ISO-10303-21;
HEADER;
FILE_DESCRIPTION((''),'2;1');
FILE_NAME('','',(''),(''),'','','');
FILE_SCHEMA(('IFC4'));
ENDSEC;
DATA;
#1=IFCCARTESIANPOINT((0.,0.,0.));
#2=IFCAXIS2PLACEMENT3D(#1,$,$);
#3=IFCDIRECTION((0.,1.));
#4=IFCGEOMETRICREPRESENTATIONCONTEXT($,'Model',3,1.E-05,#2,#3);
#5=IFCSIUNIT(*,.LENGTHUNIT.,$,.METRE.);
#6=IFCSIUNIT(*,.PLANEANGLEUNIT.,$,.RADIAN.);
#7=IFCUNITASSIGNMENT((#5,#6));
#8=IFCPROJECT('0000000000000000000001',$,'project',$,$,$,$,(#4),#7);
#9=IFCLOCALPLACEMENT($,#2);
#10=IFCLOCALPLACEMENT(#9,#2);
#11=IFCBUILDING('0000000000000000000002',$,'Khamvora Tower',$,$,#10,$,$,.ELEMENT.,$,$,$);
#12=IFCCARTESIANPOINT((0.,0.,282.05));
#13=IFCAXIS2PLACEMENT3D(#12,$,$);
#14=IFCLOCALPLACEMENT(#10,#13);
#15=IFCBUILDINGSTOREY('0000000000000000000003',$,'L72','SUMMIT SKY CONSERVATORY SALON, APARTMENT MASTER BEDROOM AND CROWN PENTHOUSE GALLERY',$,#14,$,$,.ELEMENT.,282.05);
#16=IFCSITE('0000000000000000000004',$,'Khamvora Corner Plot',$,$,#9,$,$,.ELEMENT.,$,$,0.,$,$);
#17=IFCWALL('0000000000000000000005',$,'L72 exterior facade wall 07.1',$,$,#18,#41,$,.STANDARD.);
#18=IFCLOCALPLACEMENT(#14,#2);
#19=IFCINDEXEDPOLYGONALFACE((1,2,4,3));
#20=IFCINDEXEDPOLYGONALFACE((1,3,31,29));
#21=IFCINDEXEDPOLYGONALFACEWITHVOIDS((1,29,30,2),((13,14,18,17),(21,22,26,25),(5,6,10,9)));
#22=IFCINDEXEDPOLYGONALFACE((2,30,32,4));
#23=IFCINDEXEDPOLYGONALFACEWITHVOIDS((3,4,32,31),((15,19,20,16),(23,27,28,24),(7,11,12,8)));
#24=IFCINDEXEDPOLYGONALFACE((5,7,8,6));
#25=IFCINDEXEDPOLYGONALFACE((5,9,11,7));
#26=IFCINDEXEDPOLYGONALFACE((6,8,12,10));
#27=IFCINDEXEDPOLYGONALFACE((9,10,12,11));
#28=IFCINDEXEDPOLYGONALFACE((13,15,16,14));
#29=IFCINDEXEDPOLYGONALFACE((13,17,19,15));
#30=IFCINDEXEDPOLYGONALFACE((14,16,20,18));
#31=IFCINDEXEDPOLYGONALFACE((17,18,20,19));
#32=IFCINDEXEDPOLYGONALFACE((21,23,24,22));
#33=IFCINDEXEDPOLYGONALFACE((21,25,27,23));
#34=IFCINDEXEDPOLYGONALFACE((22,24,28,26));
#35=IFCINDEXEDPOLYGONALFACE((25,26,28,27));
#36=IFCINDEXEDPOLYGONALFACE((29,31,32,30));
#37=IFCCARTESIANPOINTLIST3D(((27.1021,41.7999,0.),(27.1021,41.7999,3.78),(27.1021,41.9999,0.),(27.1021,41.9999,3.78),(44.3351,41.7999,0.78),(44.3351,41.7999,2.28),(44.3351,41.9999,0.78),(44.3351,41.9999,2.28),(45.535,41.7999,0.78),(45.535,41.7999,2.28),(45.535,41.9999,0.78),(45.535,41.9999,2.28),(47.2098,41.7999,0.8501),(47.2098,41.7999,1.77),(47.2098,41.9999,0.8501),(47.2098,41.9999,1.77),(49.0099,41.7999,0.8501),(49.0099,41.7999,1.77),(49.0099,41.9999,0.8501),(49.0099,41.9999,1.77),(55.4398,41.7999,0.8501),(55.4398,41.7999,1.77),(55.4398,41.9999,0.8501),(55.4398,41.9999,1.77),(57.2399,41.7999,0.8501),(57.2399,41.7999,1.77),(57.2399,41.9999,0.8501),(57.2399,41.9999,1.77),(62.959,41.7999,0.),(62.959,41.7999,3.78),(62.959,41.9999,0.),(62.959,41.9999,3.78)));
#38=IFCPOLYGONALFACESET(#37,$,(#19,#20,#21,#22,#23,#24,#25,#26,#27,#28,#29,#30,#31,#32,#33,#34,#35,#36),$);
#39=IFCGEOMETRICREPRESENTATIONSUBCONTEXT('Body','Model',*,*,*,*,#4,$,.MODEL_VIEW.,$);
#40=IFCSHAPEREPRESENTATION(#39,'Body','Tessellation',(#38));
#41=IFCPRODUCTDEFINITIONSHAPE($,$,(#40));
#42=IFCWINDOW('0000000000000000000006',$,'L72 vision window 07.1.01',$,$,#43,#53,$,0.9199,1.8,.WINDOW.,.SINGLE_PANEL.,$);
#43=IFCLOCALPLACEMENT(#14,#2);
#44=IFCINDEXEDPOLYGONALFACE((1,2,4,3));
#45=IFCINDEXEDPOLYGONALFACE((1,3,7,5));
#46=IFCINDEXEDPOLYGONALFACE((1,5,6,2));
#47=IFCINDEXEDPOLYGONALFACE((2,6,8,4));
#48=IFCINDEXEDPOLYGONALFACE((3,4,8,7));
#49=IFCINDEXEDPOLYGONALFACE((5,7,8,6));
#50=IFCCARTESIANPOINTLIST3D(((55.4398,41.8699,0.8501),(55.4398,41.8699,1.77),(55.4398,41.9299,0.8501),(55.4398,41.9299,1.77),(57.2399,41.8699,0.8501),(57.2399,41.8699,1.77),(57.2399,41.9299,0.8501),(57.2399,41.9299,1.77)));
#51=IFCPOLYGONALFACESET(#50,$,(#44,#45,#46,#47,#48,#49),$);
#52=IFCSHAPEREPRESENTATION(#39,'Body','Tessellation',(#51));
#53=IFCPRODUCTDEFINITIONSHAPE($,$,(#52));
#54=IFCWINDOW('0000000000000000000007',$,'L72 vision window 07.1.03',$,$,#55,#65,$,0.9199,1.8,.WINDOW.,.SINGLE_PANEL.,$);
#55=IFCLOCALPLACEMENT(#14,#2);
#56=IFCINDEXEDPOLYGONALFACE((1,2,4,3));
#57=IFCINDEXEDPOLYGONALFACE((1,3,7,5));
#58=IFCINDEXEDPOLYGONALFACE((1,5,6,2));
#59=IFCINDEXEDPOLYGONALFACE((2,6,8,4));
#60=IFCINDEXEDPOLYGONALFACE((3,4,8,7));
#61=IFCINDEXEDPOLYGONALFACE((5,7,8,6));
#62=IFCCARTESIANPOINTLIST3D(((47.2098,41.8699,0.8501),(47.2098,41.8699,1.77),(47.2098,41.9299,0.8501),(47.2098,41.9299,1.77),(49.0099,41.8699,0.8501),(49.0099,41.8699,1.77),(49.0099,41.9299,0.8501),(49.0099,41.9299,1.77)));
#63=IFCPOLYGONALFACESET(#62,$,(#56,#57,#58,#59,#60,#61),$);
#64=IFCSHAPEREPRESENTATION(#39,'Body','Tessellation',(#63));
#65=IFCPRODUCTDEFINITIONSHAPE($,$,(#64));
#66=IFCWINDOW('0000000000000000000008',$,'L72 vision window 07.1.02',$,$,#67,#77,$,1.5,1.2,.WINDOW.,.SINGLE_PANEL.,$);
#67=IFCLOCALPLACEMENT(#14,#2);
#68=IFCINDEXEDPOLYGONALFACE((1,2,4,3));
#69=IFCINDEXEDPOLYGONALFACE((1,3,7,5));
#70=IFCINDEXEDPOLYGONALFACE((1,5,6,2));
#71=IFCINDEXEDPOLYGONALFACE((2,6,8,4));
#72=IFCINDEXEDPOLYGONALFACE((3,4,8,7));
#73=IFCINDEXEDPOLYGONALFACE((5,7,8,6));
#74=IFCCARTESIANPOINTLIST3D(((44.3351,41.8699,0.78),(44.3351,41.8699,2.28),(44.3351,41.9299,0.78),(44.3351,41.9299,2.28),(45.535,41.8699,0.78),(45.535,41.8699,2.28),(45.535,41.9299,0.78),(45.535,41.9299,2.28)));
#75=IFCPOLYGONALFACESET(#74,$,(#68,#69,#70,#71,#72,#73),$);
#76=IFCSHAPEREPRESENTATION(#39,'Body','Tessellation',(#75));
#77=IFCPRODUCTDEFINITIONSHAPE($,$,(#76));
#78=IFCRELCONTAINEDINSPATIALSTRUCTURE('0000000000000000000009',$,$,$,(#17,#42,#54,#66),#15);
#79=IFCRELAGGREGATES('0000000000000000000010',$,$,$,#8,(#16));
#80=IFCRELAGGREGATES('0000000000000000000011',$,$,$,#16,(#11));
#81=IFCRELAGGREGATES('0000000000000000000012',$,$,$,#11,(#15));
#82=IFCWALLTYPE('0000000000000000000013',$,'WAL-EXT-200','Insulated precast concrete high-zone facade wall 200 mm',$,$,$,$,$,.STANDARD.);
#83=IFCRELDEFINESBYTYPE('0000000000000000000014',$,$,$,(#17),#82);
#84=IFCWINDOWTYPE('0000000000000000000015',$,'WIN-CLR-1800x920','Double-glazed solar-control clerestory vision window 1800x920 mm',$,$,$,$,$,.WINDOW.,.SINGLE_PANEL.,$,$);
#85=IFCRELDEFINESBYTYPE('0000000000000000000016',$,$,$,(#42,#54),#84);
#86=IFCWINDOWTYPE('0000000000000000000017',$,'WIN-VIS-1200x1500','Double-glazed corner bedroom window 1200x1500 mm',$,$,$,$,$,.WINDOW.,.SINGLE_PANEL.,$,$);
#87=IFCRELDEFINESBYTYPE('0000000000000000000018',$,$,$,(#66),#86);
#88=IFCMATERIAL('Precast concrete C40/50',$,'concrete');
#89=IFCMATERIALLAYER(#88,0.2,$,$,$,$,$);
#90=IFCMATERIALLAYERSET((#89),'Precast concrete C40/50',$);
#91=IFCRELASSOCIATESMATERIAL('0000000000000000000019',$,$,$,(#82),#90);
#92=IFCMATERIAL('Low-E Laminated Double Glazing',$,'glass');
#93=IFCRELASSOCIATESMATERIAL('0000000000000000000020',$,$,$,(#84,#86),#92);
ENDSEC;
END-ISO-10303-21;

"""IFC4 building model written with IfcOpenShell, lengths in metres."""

from ifc_helpers import new_model, si_unit, direction, frame, frame_2d, origin, place, context, subcontext, project, spatial, rectangle, extrude, material, layer, layer_set, type_object, element, fill, save


model = new_model("IFC4")

# Units and contexts
model_context = context("Model", 3, precision=1e-05, world=origin(), true_north=direction((0.0, 1.0)))
body_context = subcontext(model_context, "Body", "Model", "MODEL_VIEW")
ifc_project = project(units=[si_unit("LENGTHUNIT", "METRE"), si_unit("PLANEANGLEUNIT", "RADIAN")], contexts=[model_context])

# Site, building, storey
site_placement = place(None, origin())
site = spatial("IfcSite", under=ifc_project, at=site_placement, Name="Khamvora Corner Plot", CompositionType="ELEMENT", RefElevation=0.0)
building_placement = place(site_placement, origin())
building = spatial("IfcBuilding", under=site, at=building_placement, Name="Khamvora Tower", CompositionType="ELEMENT")
storey_placement = place(building_placement, frame((0.0, 0.0, 282.05)))
storey = spatial("IfcBuildingStorey", under=building, at=storey_placement, Name="L72", Description="SUMMIT SKY CONSERVATORY SALON, APARTMENT MASTER BEDROOM AND CROWN PENTHOUSE GALLERY", CompositionType="ELEMENT", Elevation=282.05)

# Shared definitions
ifc_material_1 = material(Name="Precast concrete C40/50", Category="concrete")
ifc_layer_1 = layer(ifc_material_1, 0.2)
ifc_layer_set_1 = layer_set([ifc_layer_1], Name="Precast concrete C40/50")
wall_type = type_object("IfcWallType", Name="WAL-EXT-200", Description="Insulated precast concrete high-zone facade wall 200 mm", PredefinedType="STANDARD", material=ifc_layer_set_1)

# Wall, openings, windows
wall_1_placement = place(storey_placement, frame((27.1021, 41.8999, 0.0), z_axis=(0.0, 0.0, 1.0), x_axis=(1.0, 0.0, 0.0)))
wall_1 = element("IfcWall", 1, at=wall_1_placement, inside=storey, type_object=wall_type, Name="L72 exterior facade wall 07.1", PredefinedType="STANDARD", context=body_context, shape_type="SweptSolid", body=[
    extrude(rectangle(XDim=35.8569, YDim=0.2, at=frame_2d((17.9285, 0.0))), origin(), (0.0, 0.0, 1.0), 3.78),
])
opening_1_placement = place(wall_1_placement, frame((28.3379, 0.0, 0.8501)))
opening_1 = element("IfcOpeningElement", 2, at=opening_1_placement, cuts=wall_1, PredefinedType="OPENING", context=body_context, shape_type="SweptSolid", body=[
    extrude(rectangle(XDim=1.8, YDim=0.9199, at=frame_2d((0.8999, 0.46))), frame((0.0, 0.1099, 0.0), z_axis=(0.0, -1.0, 0.0), x_axis=(1.0, 0.0, 0.0)), (0.0, 0.0, 1.0), 0.22),
])
opening_2_placement = place(wall_1_placement, frame((17.2329, 0.0, 0.78)))
opening_2 = element("IfcOpeningElement", 3, at=opening_2_placement, cuts=wall_1, PredefinedType="OPENING", context=body_context, shape_type="SweptSolid", body=[
    extrude(rectangle(XDim=1.2, YDim=1.5, at=frame_2d((0.6001, 0.75))), frame((0.0, 0.1099, 0.0), z_axis=(0.0, -1.0, 0.0), x_axis=(1.0, 0.0, 0.0)), (0.0, 0.0, 1.0), 0.22),
])
opening_3_placement = place(wall_1_placement, frame((20.1079, 0.0, 0.8501)))
opening_3 = element("IfcOpeningElement", 4, at=opening_3_placement, cuts=wall_1, PredefinedType="OPENING", context=body_context, shape_type="SweptSolid", body=[
    extrude(rectangle(XDim=1.8, YDim=0.9199, at=frame_2d((0.8999, 0.46))), frame((0.0, 0.1099, 0.0), z_axis=(0.0, -1.0, 0.0), x_axis=(1.0, 0.0, 0.0)), (0.0, 0.0, 1.0), 0.22),
])
ifc_material_2 = material(Name="Low-E Laminated Double Glazing", Category="glass")
window_type_1 = type_object("IfcWindowType", Name="WIN-CLR-1800x920", Description="Double-glazed solar-control clerestory vision window 1800x920 mm", PartitioningType="SINGLE_PANEL", PredefinedType="WINDOW", material=ifc_material_2)
window_1_placement = place(opening_1_placement, origin())
window_1 = element("IfcWindow", 5, at=window_1_placement, inside=storey, type_object=window_type_1, Name="L72 vision window 07.1.01", OverallHeight=0.9199, OverallWidth=1.8, PartitioningType="SINGLE_PANEL", PredefinedType="WINDOW", context=body_context, shape_type="SweptSolid", body=[
    extrude(rectangle(XDim=1.8, YDim=0.9199, at=frame_2d((0.8999, 0.46))), frame((0.0, 0.03, 0.0), z_axis=(0.0, -1.0, 0.0), x_axis=(1.0, 0.0, 0.0)), (0.0, 0.0, 1.0), 0.0601),
])
fill(opening_1, window_1)
window_2_placement = place(opening_3_placement, origin())
window_2 = element("IfcWindow", 6, at=window_2_placement, inside=storey, type_object=window_type_1, Name="L72 vision window 07.1.03", OverallHeight=0.9199, OverallWidth=1.8, PartitioningType="SINGLE_PANEL", PredefinedType="WINDOW", context=body_context, shape_type="SweptSolid", body=[
    extrude(rectangle(XDim=1.8, YDim=0.9199, at=frame_2d((0.8999, 0.46))), frame((0.0, 0.03, 0.0), z_axis=(0.0, -1.0, 0.0), x_axis=(1.0, 0.0, 0.0)), (0.0, 0.0, 1.0), 0.0601),
])
fill(opening_3, window_2)
window_type_2 = type_object("IfcWindowType", Name="WIN-VIS-1200x1500", Description="Double-glazed corner bedroom window 1200x1500 mm", PartitioningType="SINGLE_PANEL", PredefinedType="WINDOW", material=ifc_material_2)
window_3_placement = place(opening_2_placement, origin())
window_3 = element("IfcWindow", 7, at=window_3_placement, inside=storey, type_object=window_type_2, Name="L72 vision window 07.1.02", OverallHeight=1.5, OverallWidth=1.2, PartitioningType="SINGLE_PANEL", PredefinedType="WINDOW", context=body_context, shape_type="SweptSolid", body=[
    extrude(rectangle(XDim=1.2, YDim=1.5, at=frame_2d((0.6001, 0.75))), frame((0.0, 0.03, 0.0), z_axis=(0.0, -1.0, 0.0), x_axis=(1.0, 0.0, 0.0)), (0.0, 0.0, 1.0), 0.0601),
])
fill(opening_2, window_3)

save(model, "model.ifc")
